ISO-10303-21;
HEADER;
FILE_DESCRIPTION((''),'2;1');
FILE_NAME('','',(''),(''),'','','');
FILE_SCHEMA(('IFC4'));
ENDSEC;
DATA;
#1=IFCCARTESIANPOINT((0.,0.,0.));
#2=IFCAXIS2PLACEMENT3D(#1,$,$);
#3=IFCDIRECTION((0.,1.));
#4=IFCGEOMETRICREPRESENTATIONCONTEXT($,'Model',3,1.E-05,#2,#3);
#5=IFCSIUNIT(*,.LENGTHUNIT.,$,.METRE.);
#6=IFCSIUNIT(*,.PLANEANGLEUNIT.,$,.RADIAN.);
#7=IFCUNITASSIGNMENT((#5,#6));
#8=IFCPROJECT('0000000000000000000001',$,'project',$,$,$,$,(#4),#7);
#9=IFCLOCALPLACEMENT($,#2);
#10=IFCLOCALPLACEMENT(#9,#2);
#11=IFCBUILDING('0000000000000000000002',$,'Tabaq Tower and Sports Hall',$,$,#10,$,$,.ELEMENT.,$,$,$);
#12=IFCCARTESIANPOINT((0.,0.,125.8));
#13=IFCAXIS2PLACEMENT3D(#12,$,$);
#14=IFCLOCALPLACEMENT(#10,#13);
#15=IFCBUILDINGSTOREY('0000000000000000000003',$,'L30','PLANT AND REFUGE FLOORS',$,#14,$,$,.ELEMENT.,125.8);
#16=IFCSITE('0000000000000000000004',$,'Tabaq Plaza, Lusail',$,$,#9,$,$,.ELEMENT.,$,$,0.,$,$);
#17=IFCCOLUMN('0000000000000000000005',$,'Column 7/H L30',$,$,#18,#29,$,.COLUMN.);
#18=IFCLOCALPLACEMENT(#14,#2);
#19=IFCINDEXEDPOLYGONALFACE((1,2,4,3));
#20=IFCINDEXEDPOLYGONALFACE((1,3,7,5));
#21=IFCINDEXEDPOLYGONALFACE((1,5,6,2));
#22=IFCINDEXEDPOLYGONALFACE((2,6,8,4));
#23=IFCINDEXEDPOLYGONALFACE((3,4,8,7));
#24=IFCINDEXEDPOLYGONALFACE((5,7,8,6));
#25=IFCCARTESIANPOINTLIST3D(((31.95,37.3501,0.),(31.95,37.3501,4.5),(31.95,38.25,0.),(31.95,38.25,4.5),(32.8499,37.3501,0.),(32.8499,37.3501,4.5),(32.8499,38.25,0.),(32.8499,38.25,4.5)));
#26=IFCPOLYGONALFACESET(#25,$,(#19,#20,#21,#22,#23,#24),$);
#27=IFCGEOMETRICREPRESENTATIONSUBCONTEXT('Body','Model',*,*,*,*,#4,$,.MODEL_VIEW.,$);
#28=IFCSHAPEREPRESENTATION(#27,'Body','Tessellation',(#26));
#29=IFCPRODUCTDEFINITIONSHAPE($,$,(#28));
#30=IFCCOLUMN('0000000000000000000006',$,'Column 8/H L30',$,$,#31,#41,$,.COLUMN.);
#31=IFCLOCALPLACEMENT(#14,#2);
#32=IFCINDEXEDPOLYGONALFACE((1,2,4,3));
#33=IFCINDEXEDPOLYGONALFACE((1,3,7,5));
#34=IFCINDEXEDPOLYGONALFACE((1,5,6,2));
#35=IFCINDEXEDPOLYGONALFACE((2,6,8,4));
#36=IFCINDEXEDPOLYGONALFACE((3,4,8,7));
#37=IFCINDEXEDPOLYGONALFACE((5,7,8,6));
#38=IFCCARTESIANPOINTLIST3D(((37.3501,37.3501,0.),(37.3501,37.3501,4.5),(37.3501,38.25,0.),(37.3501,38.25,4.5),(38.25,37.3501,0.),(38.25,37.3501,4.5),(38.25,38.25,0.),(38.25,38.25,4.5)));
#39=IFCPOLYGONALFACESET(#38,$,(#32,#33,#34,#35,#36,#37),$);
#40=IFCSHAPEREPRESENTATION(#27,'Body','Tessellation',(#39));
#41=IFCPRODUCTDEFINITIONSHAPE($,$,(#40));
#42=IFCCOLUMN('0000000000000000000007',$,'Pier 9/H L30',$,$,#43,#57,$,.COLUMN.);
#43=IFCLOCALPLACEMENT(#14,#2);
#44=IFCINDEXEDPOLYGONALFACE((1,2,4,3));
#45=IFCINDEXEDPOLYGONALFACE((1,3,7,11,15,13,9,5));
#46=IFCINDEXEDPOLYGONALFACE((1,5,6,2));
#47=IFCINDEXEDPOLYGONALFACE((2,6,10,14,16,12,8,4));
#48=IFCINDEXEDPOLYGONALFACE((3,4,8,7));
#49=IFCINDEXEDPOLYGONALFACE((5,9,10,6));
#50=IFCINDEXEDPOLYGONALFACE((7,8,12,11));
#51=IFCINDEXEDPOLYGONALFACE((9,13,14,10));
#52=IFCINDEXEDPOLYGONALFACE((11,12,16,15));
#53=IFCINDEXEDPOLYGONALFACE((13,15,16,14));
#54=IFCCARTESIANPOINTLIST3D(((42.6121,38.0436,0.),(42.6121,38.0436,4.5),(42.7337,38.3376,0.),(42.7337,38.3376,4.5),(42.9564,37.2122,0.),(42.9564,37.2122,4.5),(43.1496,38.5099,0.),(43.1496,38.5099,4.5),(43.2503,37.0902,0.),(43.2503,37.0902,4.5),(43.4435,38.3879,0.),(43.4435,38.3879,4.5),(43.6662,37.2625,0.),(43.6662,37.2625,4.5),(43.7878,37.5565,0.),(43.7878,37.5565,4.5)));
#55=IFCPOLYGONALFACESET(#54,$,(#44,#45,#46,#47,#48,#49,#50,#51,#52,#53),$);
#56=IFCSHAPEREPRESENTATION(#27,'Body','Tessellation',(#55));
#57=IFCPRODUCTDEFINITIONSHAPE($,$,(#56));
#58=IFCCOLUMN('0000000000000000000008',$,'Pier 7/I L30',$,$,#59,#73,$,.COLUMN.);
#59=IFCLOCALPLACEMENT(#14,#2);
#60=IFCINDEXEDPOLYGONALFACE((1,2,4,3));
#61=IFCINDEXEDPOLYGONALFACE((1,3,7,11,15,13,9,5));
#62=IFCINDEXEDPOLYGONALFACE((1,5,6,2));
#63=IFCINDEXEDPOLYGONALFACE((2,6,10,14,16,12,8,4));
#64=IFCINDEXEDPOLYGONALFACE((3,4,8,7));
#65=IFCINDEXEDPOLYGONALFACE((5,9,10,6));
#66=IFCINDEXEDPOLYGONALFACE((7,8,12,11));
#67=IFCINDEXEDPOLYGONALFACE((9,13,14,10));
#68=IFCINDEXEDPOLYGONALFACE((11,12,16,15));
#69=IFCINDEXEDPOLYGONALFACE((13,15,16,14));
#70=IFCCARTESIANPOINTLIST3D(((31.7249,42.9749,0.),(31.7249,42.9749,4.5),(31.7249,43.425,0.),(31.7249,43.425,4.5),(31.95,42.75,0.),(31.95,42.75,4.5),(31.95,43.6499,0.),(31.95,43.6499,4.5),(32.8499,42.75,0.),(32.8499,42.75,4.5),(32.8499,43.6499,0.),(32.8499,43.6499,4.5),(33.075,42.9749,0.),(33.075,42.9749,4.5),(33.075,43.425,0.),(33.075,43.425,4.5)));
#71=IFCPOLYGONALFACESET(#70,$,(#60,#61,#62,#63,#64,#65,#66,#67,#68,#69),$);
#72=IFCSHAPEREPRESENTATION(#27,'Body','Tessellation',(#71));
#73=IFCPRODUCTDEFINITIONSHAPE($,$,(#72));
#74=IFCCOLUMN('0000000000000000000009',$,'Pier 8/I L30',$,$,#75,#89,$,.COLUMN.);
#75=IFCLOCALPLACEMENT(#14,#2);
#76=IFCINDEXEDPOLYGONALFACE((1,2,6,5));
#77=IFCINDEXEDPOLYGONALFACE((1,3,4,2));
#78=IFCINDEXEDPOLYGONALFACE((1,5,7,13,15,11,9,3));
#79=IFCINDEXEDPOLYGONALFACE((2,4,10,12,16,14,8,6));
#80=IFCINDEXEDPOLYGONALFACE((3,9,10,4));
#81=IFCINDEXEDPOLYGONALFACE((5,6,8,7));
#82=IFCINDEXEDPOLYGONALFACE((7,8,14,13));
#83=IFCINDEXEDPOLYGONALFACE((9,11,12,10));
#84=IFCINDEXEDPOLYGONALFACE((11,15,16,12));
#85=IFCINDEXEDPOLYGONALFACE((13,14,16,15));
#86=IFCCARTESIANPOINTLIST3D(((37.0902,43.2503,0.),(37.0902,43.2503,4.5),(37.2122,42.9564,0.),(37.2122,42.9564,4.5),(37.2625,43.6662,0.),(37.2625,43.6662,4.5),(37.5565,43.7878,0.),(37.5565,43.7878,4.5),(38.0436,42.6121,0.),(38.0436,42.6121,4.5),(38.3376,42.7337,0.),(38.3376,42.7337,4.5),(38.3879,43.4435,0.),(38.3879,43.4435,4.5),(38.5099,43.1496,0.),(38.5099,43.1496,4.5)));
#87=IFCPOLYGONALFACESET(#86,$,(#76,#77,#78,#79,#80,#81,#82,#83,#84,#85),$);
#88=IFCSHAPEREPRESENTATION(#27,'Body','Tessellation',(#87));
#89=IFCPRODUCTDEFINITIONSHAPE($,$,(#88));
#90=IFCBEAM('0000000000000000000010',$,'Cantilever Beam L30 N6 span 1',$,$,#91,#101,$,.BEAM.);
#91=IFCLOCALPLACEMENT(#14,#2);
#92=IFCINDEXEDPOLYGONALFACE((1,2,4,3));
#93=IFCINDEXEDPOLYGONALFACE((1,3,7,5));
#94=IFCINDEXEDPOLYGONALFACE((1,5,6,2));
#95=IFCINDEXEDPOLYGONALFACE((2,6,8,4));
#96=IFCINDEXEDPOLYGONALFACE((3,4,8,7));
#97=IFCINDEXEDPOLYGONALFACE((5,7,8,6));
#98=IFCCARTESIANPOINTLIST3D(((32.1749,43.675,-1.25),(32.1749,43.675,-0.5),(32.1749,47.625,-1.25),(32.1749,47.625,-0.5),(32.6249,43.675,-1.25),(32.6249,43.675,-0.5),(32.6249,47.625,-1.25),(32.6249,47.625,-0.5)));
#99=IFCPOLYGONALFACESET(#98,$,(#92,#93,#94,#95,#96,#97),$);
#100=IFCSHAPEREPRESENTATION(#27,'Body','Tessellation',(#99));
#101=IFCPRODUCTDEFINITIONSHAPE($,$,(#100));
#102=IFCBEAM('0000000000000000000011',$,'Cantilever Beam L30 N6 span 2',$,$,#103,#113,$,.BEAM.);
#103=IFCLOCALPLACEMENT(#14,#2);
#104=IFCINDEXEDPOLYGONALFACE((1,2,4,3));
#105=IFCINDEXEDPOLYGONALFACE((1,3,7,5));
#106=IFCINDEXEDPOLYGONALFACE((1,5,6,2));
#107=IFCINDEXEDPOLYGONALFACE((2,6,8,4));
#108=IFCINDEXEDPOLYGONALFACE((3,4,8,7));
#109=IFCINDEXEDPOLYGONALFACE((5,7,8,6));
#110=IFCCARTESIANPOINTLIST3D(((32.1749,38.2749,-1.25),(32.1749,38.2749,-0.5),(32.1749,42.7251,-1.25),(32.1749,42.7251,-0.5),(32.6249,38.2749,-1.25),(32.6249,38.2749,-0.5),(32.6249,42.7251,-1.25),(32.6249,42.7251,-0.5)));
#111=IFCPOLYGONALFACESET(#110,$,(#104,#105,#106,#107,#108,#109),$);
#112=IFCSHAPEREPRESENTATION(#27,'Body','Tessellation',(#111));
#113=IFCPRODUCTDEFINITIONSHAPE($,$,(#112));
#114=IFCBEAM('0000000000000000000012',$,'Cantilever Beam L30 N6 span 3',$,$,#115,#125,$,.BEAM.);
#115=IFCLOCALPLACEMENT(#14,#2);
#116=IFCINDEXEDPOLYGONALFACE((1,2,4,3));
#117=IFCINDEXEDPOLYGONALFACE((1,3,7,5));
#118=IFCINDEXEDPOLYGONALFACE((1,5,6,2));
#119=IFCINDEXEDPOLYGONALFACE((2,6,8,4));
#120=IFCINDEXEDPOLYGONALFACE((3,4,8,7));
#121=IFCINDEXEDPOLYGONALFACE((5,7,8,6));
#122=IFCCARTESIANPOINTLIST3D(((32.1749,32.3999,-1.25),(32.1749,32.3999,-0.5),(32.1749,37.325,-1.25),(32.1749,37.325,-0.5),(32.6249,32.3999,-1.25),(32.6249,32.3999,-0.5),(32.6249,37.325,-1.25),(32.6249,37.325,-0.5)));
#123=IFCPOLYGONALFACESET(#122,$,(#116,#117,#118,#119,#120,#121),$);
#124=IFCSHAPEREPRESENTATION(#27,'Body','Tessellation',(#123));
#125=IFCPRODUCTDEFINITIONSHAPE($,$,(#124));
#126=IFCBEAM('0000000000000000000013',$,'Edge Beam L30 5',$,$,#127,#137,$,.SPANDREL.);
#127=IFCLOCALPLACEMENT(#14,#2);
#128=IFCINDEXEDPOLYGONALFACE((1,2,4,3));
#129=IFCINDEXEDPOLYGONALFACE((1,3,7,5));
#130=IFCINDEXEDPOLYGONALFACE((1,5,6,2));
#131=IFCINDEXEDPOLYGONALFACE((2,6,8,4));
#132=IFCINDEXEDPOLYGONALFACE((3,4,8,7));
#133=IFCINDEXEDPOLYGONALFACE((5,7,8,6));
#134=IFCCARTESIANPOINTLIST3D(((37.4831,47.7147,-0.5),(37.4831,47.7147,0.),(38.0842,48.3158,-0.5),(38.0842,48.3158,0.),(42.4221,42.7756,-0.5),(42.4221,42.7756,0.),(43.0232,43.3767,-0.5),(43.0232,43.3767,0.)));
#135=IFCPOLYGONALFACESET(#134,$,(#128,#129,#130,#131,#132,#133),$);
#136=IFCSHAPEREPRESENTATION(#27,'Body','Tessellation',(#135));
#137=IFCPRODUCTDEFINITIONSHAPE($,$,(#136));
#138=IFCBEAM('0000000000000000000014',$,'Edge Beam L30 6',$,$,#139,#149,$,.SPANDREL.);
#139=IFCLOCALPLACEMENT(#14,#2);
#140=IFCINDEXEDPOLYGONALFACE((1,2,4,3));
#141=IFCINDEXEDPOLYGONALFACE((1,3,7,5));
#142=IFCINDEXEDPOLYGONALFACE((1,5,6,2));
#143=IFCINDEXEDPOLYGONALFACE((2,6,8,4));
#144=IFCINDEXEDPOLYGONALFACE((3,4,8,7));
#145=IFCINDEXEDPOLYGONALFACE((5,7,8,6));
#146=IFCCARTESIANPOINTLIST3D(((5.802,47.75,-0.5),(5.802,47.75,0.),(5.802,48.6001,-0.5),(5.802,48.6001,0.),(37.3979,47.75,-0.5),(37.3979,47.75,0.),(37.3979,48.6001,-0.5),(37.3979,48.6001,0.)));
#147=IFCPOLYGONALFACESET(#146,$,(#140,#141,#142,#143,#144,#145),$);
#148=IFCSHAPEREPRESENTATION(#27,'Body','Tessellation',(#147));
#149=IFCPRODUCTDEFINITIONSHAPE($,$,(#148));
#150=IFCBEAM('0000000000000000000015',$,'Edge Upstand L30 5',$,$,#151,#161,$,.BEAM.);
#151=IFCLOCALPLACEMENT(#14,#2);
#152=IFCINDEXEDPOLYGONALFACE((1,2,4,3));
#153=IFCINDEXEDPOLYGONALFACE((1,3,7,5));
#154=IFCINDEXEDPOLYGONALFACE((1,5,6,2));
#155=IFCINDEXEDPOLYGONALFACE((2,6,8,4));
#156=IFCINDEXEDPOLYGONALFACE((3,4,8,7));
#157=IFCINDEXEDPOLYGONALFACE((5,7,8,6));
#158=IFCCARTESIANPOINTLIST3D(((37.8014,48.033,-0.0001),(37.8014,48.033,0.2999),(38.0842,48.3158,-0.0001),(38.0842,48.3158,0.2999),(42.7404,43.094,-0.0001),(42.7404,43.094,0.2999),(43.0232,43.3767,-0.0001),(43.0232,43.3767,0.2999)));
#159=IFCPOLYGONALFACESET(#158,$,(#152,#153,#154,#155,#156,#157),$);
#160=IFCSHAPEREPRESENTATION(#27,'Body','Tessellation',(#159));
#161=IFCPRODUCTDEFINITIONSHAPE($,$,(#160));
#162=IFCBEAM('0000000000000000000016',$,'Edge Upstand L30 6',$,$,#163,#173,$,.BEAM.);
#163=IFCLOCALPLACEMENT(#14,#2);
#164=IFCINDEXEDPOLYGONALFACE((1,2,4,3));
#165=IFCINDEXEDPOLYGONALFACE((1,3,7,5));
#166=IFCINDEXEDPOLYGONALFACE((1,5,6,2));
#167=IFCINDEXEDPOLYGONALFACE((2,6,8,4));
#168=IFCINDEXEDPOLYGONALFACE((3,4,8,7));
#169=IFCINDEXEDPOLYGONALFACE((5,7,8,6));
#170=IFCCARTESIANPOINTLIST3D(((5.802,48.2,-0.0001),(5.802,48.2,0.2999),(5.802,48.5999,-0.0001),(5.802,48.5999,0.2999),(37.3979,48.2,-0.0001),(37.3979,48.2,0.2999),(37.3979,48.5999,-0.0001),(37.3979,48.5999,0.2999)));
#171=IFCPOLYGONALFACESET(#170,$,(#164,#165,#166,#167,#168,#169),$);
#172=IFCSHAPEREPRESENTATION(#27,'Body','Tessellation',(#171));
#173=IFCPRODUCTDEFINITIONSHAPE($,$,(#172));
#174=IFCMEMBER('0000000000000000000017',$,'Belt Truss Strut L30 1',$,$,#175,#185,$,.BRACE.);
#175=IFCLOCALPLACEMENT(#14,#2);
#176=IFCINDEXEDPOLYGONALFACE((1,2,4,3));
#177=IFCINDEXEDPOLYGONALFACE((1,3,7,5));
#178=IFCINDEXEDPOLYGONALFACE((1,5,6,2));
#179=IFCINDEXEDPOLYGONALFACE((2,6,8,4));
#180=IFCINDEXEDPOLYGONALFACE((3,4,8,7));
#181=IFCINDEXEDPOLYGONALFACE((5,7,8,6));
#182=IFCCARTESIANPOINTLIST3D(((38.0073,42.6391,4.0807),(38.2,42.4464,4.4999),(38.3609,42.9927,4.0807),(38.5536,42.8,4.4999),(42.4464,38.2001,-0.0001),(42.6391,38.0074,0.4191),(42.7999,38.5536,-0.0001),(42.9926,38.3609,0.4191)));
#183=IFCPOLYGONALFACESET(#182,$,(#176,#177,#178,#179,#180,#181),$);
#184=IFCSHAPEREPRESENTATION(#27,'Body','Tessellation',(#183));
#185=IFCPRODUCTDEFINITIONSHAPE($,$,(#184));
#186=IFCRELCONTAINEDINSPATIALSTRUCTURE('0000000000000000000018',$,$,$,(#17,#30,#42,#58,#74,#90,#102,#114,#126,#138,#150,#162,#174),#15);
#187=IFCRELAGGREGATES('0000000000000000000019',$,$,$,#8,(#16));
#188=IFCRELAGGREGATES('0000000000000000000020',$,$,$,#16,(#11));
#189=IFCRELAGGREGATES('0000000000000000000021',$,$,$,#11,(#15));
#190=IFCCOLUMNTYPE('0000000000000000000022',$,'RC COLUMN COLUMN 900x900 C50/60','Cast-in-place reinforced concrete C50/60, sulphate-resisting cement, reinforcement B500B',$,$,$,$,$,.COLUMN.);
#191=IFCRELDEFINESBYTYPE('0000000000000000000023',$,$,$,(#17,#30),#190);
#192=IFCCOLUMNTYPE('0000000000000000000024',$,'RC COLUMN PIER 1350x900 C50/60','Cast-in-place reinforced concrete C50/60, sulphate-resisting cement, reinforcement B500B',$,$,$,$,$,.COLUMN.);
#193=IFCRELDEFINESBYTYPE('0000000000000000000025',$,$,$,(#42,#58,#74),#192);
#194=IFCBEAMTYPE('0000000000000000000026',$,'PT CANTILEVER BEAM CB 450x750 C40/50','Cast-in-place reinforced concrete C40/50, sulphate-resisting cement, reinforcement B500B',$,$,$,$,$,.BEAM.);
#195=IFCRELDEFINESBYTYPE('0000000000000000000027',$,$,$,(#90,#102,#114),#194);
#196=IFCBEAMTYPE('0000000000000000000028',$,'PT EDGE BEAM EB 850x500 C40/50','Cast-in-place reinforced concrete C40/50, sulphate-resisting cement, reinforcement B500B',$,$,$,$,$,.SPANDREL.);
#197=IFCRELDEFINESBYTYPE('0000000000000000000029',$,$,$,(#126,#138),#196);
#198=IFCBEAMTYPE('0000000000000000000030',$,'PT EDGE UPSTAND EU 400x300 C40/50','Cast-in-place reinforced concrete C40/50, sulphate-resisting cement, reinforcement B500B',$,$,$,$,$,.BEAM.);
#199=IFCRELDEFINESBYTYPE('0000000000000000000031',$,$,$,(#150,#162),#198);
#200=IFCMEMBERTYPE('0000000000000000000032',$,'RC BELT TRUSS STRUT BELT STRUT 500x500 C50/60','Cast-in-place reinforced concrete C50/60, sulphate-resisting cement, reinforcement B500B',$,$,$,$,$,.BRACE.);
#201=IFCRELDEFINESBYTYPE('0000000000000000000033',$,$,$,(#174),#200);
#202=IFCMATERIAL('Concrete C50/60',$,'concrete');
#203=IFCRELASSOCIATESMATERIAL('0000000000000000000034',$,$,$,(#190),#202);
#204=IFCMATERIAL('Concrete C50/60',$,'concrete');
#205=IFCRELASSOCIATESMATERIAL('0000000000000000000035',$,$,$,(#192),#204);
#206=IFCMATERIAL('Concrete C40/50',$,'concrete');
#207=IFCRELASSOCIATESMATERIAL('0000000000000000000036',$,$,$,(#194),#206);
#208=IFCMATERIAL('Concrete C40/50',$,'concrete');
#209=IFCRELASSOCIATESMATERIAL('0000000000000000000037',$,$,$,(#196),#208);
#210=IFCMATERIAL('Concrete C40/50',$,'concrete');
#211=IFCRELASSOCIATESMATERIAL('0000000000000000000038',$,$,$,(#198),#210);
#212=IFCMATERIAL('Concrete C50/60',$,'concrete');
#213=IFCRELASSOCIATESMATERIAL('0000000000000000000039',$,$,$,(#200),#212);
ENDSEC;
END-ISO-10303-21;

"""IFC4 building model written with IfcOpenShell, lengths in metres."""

from ifc_helpers import new_model, si_unit, direction, frame, origin, origin_2d, place, context, subcontext, project, spatial, polyline, rectangle, outline, extrude, material, material_profile, profile_set, type_object, element, save


model = new_model("IFC4")

# Units and contexts
model_context = context("Model", 3, precision=1e-05, world=origin(), true_north=direction((0.0, 1.0)))
body_context = subcontext(model_context, "Body", "Model", "MODEL_VIEW")
ifc_project = project(units=[si_unit("LENGTHUNIT", "METRE"), si_unit("PLANEANGLEUNIT", "RADIAN")], contexts=[model_context])

# Site, building, storey
site_placement = place(None, origin())
site = spatial("IfcSite", under=ifc_project, at=site_placement, Name="Tabaq Plaza, Lusail", CompositionType="ELEMENT", RefElevation=0.0)
building_placement = place(site_placement, origin())
building = spatial("IfcBuilding", under=site, at=building_placement, Name="Tabaq Tower and Sports Hall", CompositionType="ELEMENT")
storey_placement = place(building_placement, frame((0.0, 0.0, 125.8)))
storey = spatial("IfcBuildingStorey", under=building, at=storey_placement, Name="L30", Description="PLANT AND REFUGE FLOORS", CompositionType="ELEMENT", Elevation=125.8)

# Columns
ifc_material_1 = material(Name="Concrete C50/60", Category="concrete")
ifc_material_profile_1 = material_profile(ifc_material_1, rectangle(XDim=0.8999, YDim=0.8999, at=origin_2d()), Name="COLUMN 900x900")
ifc_profile_set_1 = profile_set([ifc_material_profile_1], Name="Concrete C50/60")
column_type_1 = type_object("IfcColumnType", Name="RC COLUMN COLUMN 900x900 C50/60", Description="Cast-in-place reinforced concrete C50/60, sulphate-resisting cement, reinforcement B500B", PredefinedType="COLUMN", material=ifc_profile_set_1)
for number, where, z_axis, x_axis, name in (
    (1, (32.3999, 37.8, 0.0), (0.0, 0.0, 1.0), (1.0, 0.0, 0.0), "Column 7/H L30"),
    (2, (37.8, 37.8, 0.0), (0.0, 0.0, 1.0), (1.0, 0.0, 0.0), "Column 8/H L30"),
):
    element("IfcColumn", number, at=place(storey_placement, frame(where, z_axis=z_axis, x_axis=x_axis)), inside=storey, type_object=column_type_1, Name=name, PredefinedType="COLUMN", context=body_context, shape_type="SweptSolid", body=[
        extrude(rectangle(XDim=0.8999, YDim=0.8999, at=origin_2d()), origin(), (0.0, 0.0, 1.0), 4.5),
    ])
ifc_material_2 = material(Name="Concrete C50/60", Category="concrete")
ifc_material_profile_2 = material_profile(ifc_material_2, outline(polyline([(-0.45, -0.45), (0.45, -0.45), (0.675, -0.2251), (0.675, 0.2251), (0.45, 0.45), (-0.45, 0.45), (-0.675, 0.2251), (-0.675, -0.2251), (-0.45, -0.45)])), Name="PIER 1350x900")
ifc_profile_set_2 = profile_set([ifc_material_profile_2], Name="Concrete C50/60")
column_type_2 = type_object("IfcColumnType", Name="RC COLUMN PIER 1350x900 C50/60", Description="Cast-in-place reinforced concrete C50/60, sulphate-resisting cement, reinforcement B500B", PredefinedType="COLUMN", material=ifc_profile_set_2)
for number, where, z_axis, x_axis, name in (
    (3, (43.2, 37.8, 0.0), (0.0, 0.0, 1.0), (-0.382683, 0.92388, 0.0), "Pier 9/H L30"),
    (4, (32.3999, 43.2, 0.0), (0.0, 0.0, 1.0), (1.0, 0.0, 0.0), "Pier 7/I L30"),
    (5, (37.8, 43.2, 0.0), (0.0, 0.0, 1.0), (-0.92388, 0.382683, 0.0), "Pier 8/I L30"),
):
    element("IfcColumn", number, at=place(storey_placement, frame(where, z_axis=z_axis, x_axis=x_axis)), inside=storey, type_object=column_type_2, Name=name, PredefinedType="COLUMN", context=body_context, shape_type="SweptSolid", body=[
        extrude(outline(polyline([(-0.45, -0.45), (0.45, -0.45), (0.675, -0.2251), (0.675, 0.2251), (0.45, 0.45), (-0.45, 0.45), (-0.675, 0.2251), (-0.675, -0.2251), (-0.45, -0.45)])), origin(), (0.0, 0.0, 1.0), 4.5),
    ])

# Beams
ifc_material_3 = material(Name="Concrete C40/50", Category="concrete")
ifc_material_profile_3 = material_profile(ifc_material_3, rectangle(XDim=0.45, YDim=0.75, at=origin_2d()), Name="CB 450x750")
ifc_profile_set_3 = profile_set([ifc_material_profile_3], Name="Concrete C40/50")
beam_type_1 = type_object("IfcBeamType", Name="PT CANTILEVER BEAM CB 450x750 C40/50", Description="Cast-in-place reinforced concrete C40/50, sulphate-resisting cement, reinforcement B500B", PredefinedType="BEAM", material=ifc_profile_set_3)
beam_1_placement = place(storey_placement, frame((32.3999, 47.625, -0.875), z_axis=(0.0, -1.0, 0.0), x_axis=(1.0, 0.0, 0.0)))
element("IfcBeam", 6, at=beam_1_placement, inside=storey, type_object=beam_type_1, Name="Cantilever Beam L30 N6 span 1", PredefinedType="BEAM", context=body_context, shape_type="SweptSolid", body=[
    extrude(rectangle(XDim=0.45, YDim=0.75, at=origin_2d()), origin(), (0.0, 0.0, 1.0), 3.95),
])
beam_2_placement = place(storey_placement, frame((32.3999, 42.7251, -0.875), z_axis=(0.0, -1.0, 0.0), x_axis=(1.0, 0.0, 0.0)))
element("IfcBeam", 7, at=beam_2_placement, inside=storey, type_object=beam_type_1, Name="Cantilever Beam L30 N6 span 2", PredefinedType="BEAM", context=body_context, shape_type="SweptSolid", body=[
    extrude(rectangle(XDim=0.45, YDim=0.75, at=origin_2d()), origin(), (0.0, 0.0, 1.0), 4.4502),
])
beam_3_placement = place(storey_placement, frame((32.3999, 37.325, -0.875), z_axis=(0.0, -1.0, 0.0), x_axis=(1.0, 0.0, 0.0)))
element("IfcBeam", 8, at=beam_3_placement, inside=storey, type_object=beam_type_1, Name="Cantilever Beam L30 N6 span 3", PredefinedType="BEAM", context=body_context, shape_type="SweptSolid", body=[
    extrude(rectangle(XDim=0.45, YDim=0.75, at=origin_2d()), origin(), (0.0, 0.0, 1.0), 4.925),
])
ifc_material_4 = material(Name="Concrete C40/50", Category="concrete")
ifc_material_profile_4 = material_profile(ifc_material_4, rectangle(XDim=0.8501, YDim=0.5, at=origin_2d()), Name="EB 850x500")
ifc_profile_set_4 = profile_set([ifc_material_profile_4], Name="Concrete C40/50")
beam_type_2 = type_object("IfcBeamType", Name="PT EDGE BEAM EB 850x500 C40/50", Description="Cast-in-place reinforced concrete C40/50, sulphate-resisting cement, reinforcement B500B", PredefinedType="SPANDREL", material=ifc_profile_set_4)
beam_4_placement = place(storey_placement, frame((42.7227, 43.0762, -0.25), z_axis=(-0.707107, 0.707107, 0.0), x_axis=(-0.707107, -0.707107, 0.0)))
element("IfcBeam", 9, at=beam_4_placement, inside=storey, type_object=beam_type_2, Name="Edge Beam L30 5", PredefinedType="SPANDREL", context=body_context, shape_type="SweptSolid", body=[
    extrude(rectangle(XDim=0.8501, YDim=0.5, at=origin_2d()), origin(), (0.0, 0.0, 1.0), 6.9849),
])
beam_5_placement = place(storey_placement, frame((37.3979, 48.175, -0.25), z_axis=(-1.0, 0.0, 0.0), x_axis=(0.0, -1.0, 0.0)))
element("IfcBeam", 10, at=beam_5_placement, inside=storey, type_object=beam_type_2, Name="Edge Beam L30 6", PredefinedType="SPANDREL", context=body_context, shape_type="SweptSolid", body=[
    extrude(rectangle(XDim=0.8501, YDim=0.5, at=origin_2d()), origin(), (0.0, 0.0, 1.0), 31.5959),
])
ifc_material_5 = material(Name="Concrete C40/50", Category="concrete")
ifc_material_profile_5 = material_profile(ifc_material_5, rectangle(XDim=0.3999, YDim=0.3, at=origin_2d()), Name="EU 400x300")
ifc_profile_set_5 = profile_set([ifc_material_profile_5], Name="Concrete C40/50")
beam_type_3 = type_object("IfcBeamType", Name="PT EDGE UPSTAND EU 400x300 C40/50", Description="Cast-in-place reinforced concrete C40/50, sulphate-resisting cement, reinforcement B500B", PredefinedType="BEAM", material=ifc_profile_set_5)
beam_6_placement = place(storey_placement, frame((42.8818, 43.2354, 0.1499), z_axis=(-0.707107, 0.707107, 0.0), x_axis=(-0.707107, -0.707107, 0.0)))
element("IfcBeam", 11, at=beam_6_placement, inside=storey, type_object=beam_type_3, Name="Edge Upstand L30 5", PredefinedType="BEAM", context=body_context, shape_type="SweptSolid", body=[
    extrude(rectangle(XDim=0.3999, YDim=0.3, at=origin_2d()), origin(), (0.0, 0.0, 1.0), 6.9849),
])
beam_7_placement = place(storey_placement, frame((37.3979, 48.3999, 0.1499), z_axis=(-1.0, 0.0, 0.0), x_axis=(0.0, -1.0, 0.0)))
element("IfcBeam", 12, at=beam_7_placement, inside=storey, type_object=beam_type_3, Name="Edge Upstand L30 6", PredefinedType="BEAM", context=body_context, shape_type="SweptSolid", body=[
    extrude(rectangle(XDim=0.3999, YDim=0.3, at=origin_2d()), origin(), (0.0, 0.0, 1.0), 31.5959),
])

# Member
ifc_material_6 = material(Name="Concrete C50/60", Category="concrete")
ifc_material_profile_6 = material_profile(ifc_material_6, rectangle(XDim=0.5, YDim=0.5, at=origin_2d()), Name="BELT STRUT 500x500")
ifc_profile_set_6 = profile_set([ifc_material_profile_6], Name="Concrete C50/60")
member_type = type_object("IfcMemberType", Name="RC BELT TRUSS STRUT BELT STRUT 500x500 C50/60", Description="Cast-in-place reinforced concrete C50/60, sulphate-resisting cement, reinforcement B500B", PredefinedType="BRACE", material=ifc_profile_set_6)
member_1_placement = place(storey_placement, frame((42.7195, 38.2805, 0.2095), z_axis=(-0.592854, 0.592854, 0.54502), x_axis=(-0.707107, -0.707107, 0.0)))
element("IfcMember", 13, at=member_1_placement, inside=storey, type_object=member_type, Name="Belt Truss Strut L30 1", PredefinedType="BRACE", context=body_context, shape_type="SweptSolid", body=[
    extrude(rectangle(XDim=0.5, YDim=0.5, at=origin_2d()), origin(), (0.0, 0.0, 1.0), 7.4875),
])

save(model, "model.ifc")
